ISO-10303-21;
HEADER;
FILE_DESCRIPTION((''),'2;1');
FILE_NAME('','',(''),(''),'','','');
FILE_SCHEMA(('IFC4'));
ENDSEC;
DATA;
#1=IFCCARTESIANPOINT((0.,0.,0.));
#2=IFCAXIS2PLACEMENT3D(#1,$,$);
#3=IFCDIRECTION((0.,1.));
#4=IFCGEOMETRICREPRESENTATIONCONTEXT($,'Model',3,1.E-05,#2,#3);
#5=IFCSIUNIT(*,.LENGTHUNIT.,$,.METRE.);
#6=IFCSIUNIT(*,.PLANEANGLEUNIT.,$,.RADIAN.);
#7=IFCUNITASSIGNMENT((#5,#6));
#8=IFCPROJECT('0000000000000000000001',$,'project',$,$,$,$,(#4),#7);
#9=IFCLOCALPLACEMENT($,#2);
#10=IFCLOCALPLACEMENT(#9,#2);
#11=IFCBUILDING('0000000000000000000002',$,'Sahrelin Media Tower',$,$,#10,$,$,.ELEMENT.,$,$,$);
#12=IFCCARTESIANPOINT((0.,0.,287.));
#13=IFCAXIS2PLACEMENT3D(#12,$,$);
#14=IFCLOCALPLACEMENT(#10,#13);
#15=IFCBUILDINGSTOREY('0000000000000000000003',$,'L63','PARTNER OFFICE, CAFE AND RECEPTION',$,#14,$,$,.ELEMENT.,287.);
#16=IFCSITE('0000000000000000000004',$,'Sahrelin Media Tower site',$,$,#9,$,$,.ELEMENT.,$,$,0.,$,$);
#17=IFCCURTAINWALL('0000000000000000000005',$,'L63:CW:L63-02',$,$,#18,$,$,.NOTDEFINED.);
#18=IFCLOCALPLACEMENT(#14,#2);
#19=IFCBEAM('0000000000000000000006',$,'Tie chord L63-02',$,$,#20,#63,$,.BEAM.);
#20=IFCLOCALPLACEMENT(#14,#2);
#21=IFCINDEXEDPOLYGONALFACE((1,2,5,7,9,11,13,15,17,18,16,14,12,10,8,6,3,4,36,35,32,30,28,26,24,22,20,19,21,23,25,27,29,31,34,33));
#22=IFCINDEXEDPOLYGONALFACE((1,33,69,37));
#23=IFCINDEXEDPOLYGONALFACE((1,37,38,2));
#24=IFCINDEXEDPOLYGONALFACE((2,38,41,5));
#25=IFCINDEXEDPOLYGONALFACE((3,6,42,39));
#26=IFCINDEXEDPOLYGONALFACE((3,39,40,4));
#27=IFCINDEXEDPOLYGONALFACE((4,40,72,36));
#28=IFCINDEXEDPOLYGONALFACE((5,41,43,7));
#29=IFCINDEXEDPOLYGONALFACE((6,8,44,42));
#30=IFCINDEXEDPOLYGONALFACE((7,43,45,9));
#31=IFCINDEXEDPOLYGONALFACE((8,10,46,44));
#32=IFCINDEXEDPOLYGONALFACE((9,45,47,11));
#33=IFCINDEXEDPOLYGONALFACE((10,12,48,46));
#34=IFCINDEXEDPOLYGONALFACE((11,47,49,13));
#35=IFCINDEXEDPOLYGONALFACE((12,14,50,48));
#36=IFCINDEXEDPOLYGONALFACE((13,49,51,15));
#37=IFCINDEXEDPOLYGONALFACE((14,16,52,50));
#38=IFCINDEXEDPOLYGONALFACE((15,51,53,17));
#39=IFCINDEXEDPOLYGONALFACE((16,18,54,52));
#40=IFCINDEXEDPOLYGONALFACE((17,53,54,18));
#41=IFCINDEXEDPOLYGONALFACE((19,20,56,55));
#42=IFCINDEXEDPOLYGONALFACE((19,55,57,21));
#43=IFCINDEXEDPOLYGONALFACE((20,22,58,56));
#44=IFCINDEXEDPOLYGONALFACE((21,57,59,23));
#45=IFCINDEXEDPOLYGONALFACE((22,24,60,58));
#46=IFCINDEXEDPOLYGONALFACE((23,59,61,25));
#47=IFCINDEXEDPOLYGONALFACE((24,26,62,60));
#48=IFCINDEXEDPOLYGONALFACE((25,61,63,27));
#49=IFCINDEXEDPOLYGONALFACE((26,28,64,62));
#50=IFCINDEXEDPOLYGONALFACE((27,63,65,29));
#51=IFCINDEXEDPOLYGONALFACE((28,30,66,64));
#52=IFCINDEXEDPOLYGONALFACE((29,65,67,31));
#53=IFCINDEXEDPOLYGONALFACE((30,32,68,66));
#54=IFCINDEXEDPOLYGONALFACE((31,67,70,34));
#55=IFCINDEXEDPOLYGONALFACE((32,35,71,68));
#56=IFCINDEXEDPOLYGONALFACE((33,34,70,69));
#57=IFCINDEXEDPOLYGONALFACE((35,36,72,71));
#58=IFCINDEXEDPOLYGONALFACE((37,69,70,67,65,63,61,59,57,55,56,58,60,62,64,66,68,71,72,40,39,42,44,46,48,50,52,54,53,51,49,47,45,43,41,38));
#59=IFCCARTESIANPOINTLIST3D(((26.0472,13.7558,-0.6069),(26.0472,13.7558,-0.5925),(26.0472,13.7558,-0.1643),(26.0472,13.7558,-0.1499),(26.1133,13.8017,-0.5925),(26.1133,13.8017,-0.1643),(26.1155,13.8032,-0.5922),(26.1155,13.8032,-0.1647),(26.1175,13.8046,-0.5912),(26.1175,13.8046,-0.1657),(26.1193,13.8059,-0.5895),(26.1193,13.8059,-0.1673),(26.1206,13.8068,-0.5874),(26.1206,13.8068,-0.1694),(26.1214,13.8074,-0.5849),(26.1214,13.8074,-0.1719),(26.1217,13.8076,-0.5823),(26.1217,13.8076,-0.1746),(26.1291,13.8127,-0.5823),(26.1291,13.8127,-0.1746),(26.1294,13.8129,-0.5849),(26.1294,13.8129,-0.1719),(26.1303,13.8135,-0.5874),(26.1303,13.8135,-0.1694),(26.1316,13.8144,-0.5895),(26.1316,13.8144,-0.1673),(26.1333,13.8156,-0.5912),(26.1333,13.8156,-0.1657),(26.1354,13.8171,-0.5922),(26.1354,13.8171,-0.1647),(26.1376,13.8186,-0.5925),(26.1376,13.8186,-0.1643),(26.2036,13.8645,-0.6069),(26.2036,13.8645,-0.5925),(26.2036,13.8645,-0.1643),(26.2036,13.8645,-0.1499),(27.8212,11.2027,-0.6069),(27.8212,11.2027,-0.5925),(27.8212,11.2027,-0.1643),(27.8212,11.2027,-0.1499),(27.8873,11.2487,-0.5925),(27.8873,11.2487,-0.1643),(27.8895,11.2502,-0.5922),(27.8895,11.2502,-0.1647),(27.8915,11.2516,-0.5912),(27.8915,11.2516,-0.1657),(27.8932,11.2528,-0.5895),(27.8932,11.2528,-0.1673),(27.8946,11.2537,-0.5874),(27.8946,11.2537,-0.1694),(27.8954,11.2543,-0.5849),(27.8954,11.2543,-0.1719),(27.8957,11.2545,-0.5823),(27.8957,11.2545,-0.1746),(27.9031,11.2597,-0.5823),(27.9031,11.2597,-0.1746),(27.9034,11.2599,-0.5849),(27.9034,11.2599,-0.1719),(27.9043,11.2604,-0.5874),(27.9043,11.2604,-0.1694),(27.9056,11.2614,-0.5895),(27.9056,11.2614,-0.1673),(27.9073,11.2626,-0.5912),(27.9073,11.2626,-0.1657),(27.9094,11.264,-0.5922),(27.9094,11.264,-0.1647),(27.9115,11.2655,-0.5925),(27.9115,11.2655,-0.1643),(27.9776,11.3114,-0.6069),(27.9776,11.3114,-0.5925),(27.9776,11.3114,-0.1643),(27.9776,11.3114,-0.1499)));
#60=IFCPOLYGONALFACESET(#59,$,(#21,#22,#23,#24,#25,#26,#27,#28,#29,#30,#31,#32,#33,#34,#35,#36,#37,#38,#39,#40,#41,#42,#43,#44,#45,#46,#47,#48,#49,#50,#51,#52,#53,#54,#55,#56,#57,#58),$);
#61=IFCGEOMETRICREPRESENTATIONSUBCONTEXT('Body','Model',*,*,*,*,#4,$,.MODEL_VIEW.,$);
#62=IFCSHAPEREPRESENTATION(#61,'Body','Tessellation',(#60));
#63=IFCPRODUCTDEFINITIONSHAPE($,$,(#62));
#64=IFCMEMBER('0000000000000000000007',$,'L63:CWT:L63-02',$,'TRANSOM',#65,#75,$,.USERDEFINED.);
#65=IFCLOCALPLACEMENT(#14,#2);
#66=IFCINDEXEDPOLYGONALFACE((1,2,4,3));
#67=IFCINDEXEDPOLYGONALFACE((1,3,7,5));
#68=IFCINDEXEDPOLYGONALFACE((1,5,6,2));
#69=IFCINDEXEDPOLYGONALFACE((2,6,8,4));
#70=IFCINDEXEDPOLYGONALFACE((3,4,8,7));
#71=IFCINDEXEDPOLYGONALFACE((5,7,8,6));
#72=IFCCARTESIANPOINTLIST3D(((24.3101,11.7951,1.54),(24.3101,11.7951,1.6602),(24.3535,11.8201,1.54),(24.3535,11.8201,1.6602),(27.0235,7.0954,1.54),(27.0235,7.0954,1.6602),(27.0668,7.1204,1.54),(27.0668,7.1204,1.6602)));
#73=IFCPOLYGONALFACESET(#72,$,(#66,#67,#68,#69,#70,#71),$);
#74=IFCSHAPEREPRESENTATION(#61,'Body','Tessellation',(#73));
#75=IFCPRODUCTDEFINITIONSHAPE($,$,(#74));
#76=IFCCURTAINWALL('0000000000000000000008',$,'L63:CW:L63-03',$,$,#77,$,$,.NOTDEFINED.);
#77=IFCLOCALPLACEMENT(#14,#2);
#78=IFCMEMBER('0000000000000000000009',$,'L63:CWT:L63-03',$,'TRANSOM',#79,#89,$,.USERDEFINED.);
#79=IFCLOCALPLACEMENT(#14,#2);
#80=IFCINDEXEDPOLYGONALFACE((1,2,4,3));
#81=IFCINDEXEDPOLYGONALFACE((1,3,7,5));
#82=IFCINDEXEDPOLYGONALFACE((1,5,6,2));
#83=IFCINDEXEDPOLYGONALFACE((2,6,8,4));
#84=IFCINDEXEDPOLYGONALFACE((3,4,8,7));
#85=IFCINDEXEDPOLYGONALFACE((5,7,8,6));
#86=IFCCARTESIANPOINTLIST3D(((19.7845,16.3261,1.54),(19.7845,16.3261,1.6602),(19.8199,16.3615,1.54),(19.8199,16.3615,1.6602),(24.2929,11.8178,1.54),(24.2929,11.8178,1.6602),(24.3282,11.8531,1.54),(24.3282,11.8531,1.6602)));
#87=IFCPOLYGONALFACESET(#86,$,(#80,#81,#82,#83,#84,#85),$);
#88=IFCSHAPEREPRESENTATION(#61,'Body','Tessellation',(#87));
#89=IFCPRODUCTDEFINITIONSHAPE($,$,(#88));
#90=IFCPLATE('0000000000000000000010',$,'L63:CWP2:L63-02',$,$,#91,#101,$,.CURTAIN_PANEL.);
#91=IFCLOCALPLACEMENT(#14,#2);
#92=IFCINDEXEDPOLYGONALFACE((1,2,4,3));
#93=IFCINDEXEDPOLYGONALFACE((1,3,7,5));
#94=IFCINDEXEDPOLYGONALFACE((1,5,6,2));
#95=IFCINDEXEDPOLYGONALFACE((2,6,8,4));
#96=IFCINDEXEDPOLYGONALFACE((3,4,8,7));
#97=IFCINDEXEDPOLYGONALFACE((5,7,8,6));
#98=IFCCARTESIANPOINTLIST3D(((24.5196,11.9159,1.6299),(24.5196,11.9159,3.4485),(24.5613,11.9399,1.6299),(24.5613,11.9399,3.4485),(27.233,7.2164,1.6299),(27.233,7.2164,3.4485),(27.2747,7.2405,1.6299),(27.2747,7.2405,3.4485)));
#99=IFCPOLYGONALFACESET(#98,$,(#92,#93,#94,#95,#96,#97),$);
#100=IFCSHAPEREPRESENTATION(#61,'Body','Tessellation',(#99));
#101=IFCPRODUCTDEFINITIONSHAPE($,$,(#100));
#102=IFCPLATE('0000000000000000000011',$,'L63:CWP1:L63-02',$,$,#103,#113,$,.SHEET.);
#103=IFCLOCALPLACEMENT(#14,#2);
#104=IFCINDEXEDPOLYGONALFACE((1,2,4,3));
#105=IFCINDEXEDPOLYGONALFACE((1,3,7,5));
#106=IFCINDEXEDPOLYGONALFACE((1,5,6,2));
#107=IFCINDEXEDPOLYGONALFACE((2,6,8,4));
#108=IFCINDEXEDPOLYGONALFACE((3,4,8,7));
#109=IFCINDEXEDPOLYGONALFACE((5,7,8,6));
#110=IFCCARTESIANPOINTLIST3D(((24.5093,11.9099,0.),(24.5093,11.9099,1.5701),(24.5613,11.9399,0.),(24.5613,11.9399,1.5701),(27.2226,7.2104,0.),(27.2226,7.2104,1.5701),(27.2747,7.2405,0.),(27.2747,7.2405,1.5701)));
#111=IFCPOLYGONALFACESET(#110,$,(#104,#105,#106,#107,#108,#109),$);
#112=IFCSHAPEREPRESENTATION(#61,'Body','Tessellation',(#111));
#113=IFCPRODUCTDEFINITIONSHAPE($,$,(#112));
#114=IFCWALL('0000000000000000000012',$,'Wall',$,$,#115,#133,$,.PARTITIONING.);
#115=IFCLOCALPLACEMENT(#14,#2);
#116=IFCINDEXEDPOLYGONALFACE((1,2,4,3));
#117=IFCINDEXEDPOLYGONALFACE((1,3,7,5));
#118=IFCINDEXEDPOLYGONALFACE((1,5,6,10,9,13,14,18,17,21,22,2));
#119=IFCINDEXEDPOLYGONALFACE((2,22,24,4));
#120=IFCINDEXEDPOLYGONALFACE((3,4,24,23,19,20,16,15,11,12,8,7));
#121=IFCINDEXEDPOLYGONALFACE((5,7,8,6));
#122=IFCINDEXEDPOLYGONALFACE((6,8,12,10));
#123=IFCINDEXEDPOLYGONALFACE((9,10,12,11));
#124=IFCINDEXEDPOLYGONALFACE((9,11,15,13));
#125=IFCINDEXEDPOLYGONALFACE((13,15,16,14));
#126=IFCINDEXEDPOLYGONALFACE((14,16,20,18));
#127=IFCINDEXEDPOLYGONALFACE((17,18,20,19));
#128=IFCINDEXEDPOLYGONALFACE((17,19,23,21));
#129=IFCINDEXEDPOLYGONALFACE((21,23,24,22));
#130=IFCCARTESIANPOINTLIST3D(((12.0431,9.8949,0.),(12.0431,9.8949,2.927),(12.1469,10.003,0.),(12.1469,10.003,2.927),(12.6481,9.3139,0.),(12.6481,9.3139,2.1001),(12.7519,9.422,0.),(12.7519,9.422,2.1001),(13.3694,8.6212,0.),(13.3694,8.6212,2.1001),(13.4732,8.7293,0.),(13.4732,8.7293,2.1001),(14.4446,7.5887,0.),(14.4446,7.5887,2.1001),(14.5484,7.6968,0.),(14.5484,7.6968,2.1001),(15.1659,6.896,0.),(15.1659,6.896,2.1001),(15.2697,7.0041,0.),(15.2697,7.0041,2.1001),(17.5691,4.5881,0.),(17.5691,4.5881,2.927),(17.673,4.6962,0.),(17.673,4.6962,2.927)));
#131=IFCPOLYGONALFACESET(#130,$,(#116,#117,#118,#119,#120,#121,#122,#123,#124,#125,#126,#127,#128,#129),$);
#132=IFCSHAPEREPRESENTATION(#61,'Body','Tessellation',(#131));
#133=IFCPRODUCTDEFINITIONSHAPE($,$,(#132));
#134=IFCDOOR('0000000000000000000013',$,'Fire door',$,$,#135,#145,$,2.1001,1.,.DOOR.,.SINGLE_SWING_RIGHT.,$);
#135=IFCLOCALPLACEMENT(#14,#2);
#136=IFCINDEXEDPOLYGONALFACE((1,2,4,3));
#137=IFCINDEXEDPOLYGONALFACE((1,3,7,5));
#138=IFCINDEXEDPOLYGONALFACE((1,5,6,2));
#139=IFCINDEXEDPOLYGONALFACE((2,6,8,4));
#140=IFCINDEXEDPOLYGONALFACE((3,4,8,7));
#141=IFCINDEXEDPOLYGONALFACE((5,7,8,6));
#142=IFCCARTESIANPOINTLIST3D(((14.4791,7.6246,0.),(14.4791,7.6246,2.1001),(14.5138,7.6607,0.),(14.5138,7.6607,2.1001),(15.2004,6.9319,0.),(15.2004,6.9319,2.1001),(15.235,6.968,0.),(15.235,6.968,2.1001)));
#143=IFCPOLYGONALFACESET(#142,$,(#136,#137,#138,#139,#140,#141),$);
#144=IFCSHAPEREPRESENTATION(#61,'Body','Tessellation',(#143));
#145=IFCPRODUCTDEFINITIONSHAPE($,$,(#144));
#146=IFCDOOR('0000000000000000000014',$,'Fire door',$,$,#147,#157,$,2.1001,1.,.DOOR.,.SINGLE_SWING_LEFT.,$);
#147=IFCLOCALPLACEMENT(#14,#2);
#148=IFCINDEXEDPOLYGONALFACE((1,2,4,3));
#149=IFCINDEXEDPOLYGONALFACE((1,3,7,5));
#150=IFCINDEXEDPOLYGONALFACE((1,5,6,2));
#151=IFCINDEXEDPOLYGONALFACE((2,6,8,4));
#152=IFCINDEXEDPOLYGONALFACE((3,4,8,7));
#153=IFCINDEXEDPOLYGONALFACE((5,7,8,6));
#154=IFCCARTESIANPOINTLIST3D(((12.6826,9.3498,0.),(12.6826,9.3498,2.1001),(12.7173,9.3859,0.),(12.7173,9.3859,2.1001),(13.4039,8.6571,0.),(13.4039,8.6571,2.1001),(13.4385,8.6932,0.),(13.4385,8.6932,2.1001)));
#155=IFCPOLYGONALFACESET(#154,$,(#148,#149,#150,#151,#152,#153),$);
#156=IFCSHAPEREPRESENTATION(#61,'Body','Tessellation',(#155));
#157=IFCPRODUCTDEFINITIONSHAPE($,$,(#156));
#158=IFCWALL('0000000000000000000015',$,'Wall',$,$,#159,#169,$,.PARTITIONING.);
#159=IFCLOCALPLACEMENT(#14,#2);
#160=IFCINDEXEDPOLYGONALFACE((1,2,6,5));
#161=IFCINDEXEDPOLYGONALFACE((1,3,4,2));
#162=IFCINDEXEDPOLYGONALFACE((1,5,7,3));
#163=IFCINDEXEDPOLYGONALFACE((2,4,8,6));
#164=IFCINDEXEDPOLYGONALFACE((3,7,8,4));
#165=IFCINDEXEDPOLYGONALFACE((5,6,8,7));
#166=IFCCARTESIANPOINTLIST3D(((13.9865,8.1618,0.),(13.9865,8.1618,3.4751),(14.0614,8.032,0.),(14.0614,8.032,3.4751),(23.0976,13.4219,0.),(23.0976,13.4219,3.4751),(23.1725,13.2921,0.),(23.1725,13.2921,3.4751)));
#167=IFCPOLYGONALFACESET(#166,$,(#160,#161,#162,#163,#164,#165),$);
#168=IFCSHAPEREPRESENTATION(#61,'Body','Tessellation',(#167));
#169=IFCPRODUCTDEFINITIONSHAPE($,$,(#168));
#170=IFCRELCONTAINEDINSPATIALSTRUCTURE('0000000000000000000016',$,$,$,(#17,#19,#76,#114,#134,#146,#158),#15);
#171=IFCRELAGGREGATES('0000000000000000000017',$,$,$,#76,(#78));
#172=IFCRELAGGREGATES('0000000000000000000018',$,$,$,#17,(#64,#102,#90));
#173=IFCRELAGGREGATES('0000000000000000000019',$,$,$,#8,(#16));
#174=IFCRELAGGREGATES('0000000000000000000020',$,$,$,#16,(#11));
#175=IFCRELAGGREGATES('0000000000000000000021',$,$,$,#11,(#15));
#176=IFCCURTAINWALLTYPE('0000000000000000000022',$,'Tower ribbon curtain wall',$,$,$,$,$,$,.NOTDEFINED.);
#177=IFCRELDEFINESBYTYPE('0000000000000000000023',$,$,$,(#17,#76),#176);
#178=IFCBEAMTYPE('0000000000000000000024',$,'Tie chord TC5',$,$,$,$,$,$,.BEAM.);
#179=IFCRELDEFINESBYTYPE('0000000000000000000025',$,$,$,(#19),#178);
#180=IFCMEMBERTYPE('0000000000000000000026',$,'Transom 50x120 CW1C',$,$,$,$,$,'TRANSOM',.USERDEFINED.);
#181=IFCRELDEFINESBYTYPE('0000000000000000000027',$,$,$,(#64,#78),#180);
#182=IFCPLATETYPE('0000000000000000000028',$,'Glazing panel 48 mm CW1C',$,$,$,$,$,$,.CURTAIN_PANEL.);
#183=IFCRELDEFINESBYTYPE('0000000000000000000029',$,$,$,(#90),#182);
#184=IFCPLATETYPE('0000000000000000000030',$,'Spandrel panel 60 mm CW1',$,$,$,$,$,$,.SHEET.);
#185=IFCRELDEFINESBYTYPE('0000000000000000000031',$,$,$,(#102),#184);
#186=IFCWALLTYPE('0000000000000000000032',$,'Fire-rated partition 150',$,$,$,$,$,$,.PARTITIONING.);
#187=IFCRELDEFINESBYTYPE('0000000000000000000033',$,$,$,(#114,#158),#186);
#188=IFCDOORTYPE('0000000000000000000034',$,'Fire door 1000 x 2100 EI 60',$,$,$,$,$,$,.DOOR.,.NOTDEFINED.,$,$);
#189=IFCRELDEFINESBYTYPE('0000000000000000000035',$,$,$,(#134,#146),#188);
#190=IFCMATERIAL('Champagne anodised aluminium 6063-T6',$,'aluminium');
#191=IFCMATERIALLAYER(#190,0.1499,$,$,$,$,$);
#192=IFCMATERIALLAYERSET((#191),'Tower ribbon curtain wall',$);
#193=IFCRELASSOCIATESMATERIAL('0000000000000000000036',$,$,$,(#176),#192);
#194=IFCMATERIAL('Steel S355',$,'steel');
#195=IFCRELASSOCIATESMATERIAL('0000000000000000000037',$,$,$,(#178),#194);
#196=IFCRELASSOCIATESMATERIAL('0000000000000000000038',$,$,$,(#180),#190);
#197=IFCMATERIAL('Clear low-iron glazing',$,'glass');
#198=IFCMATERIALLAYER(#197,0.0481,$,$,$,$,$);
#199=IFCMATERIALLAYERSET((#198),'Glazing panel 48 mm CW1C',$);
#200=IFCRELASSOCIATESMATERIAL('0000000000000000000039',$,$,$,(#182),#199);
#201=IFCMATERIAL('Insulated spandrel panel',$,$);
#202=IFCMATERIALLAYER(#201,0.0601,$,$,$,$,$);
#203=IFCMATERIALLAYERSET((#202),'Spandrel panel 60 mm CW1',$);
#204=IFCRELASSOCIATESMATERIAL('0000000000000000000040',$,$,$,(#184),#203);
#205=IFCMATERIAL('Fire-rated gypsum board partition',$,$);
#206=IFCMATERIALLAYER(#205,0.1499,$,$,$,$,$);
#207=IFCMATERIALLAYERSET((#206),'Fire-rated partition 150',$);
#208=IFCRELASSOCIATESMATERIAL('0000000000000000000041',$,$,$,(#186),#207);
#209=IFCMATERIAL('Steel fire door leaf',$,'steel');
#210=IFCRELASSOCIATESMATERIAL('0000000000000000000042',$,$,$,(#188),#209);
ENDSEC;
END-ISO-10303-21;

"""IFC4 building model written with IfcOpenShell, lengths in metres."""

from ifc_helpers import new_model, si_unit, direction, frame, frame_2d, origin, origin_2d, place, context, subcontext, project, spatial, polyline, rectangle, i_section, outline, extrude, material, layer, layer_set, material_profile, profile_set, type_object, element, fill, aggregate, save


model = new_model("IFC4")

# Units and contexts
model_context = context("Model", 3, precision=1e-05, world=origin(), true_north=direction((0.0, 1.0)))
body_context = subcontext(model_context, "Body", "Model", "MODEL_VIEW")
ifc_project = project(units=[si_unit("LENGTHUNIT", "METRE"), si_unit("PLANEANGLEUNIT", "RADIAN")], contexts=[model_context])

# Site, building, storey
site_placement = place(None, origin())
site = spatial("IfcSite", under=ifc_project, at=site_placement, Name="Sahrelin Media Tower site", CompositionType="ELEMENT", RefElevation=0.0)
building_placement = place(site_placement, origin())
building = spatial("IfcBuilding", under=site, at=building_placement, Name="Sahrelin Media Tower", CompositionType="ELEMENT")
storey_placement = place(building_placement, frame((0.0, 0.0, 287.0)))
storey = spatial("IfcBuildingStorey", under=building, at=storey_placement, Name="L63", Description="PARTNER OFFICE, CAFE AND RECEPTION", CompositionType="ELEMENT", Elevation=287.0)

# Curtain wall
ifc_material_1 = material(Name="Champagne anodised aluminium 6063-T6", Category="aluminium")
ifc_layer_1 = layer(ifc_material_1, 0.1499)
ifc_layer_set_1 = layer_set([ifc_layer_1], Name="Tower ribbon curtain wall")
curtain_wall_type = type_object("IfcCurtainWallType", Name="Tower ribbon curtain wall", PredefinedType="NOTDEFINED", material=ifc_layer_set_1)
curtain_wall_1_placement = place(storey_placement, frame((25.9006, 9.5801, 0.0), z_axis=(0.0, 0.0, 1.0), x_axis=(1.0, 0.0, 0.0)))
curtain_wall_1 = element("IfcCurtainWall", 1, at=curtain_wall_1_placement, inside=storey, type_object=curtain_wall_type, Name="L63:CW:L63-02", PredefinedType="NOTDEFINED")

# Beam
ifc_material_2 = material(Name="Steel S355", Category="steel")
ifc_material_profile_1 = material_profile(ifc_material_2, i_section(OverallWidth=0.1904, OverallDepth=0.457, WebThickness=0.009, FlangeThickness=0.0144, FilletRadius=0.0103, at=origin_2d()), Name="UB 457x191x74")
ifc_profile_set_1 = profile_set([ifc_material_profile_1], Name="Steel S355")
beam_type_1 = type_object("IfcBeamType", Name="Tie chord TC5", PredefinedType="BEAM", material=ifc_profile_set_1)
beam_1_placement = place(storey_placement, frame((27.8994, 11.2571, -0.3784), z_axis=(-0.570618, 0.821216, 0.0), x_axis=(-0.821216, -0.570618, 0.0)))
element("IfcBeam", 2, at=beam_1_placement, inside=storey, type_object=beam_type_1, Name="Tie chord L63-02", PredefinedType="BEAM", context=body_context, shape_type="SweptSolid", body=[
    extrude(i_section(OverallWidth=0.1904, OverallDepth=0.457, WebThickness=0.009, FlangeThickness=0.0144, FilletRadius=0.0103, at=origin_2d()), origin(), (0.0, 0.0, 1.0), 3.1089),
])

# Member
ifc_material_profile_2 = material_profile(ifc_material_1, rectangle(XDim=0.05, YDim=0.1201, at=origin_2d()), Name="Transom 50x120")
ifc_profile_set_2 = profile_set([ifc_material_profile_2], Name="Champagne anodised aluminium 6063-T6")
member_type_1 = type_object("IfcMemberType", Name="Transom 50x120 CW1C", ElementType="TRANSOM", PredefinedType="USERDEFINED", material=ifc_profile_set_2)
member_1_placement = place(storey_placement, frame((27.0452, 7.1079, 1.6001), z_axis=(-0.5, 0.866025, 0.0), x_axis=(-0.866025, -0.5, 0.0)))
member_1 = element("IfcMember", 3, at=member_1_placement, type_object=member_type_1, Name="L63:CWT:L63-02", ObjectType="TRANSOM", PredefinedType="USERDEFINED", context=body_context, shape_type="SweptSolid", body=[
    extrude(rectangle(XDim=0.05, YDim=0.1201, at=origin_2d()), origin(), (0.0, 0.0, 1.0), 5.4268),
])

# Curtain wall, member
curtain_wall_2_placement = place(storey_placement, frame((22.2295, 14.2627, 0.0), z_axis=(0.0, 0.0, 1.0), x_axis=(1.0, 0.0, 0.0)))
curtain_wall_2 = element("IfcCurtainWall", 4, at=curtain_wall_2_placement, inside=storey, type_object=curtain_wall_type, Name="L63:CW:L63-03", PredefinedType="NOTDEFINED")
member_2_placement = place(storey_placement, frame((24.3105, 11.8354, 1.6001), z_axis=(-0.707107, 0.707107, 0.0), x_axis=(-0.707107, -0.707107, 0.0)))
member_2 = element("IfcMember", 5, at=member_2_placement, type_object=member_type_1, Name="L63:CWT:L63-03", ObjectType="TRANSOM", PredefinedType="USERDEFINED", context=body_context, shape_type="SweptSolid", body=[
    extrude(rectangle(XDim=0.05, YDim=0.1201, at=origin_2d()), origin(), (0.0, 0.0, 1.0), 6.3757),
])
aggregate(curtain_wall_2, [member_2])

# Plates
ifc_material_3 = material(Name="Clear low-iron glazing", Category="glass")
ifc_layer_2 = layer(ifc_material_3, 0.0481)
ifc_layer_set_2 = layer_set([ifc_layer_2], Name="Glazing panel 48 mm CW1C")
plate_type_1 = type_object("IfcPlateType", Name="Glazing panel 48 mm CW1C", PredefinedType="CURTAIN_PANEL", material=ifc_layer_set_2)
plate_1_placement = place(storey_placement, frame((27.2747, 7.2405, 1.6299), z_axis=(0.866014, 0.50002, 0.0), x_axis=(-0.50002, 0.866014, 0.0)))
plate_1 = element("IfcPlate", 6, at=plate_1_placement, type_object=plate_type_1, Name="L63:CWP2:L63-02", PredefinedType="CURTAIN_PANEL", context=body_context, shape_type="SweptSolid", body=[
    extrude(outline(polyline([(0.0, 0.0), (5.4265, 0.0), (5.4265, 1.8186), (0.0, 1.8186), (0.0, 0.0)])), origin(), (0.0, 0.0, -1.0), 0.0481),
])
ifc_material_4 = material(Name="Insulated spandrel panel")
ifc_layer_3 = layer(ifc_material_4, 0.0601)
ifc_layer_set_3 = layer_set([ifc_layer_3], Name="Spandrel panel 60 mm CW1")
plate_type_2 = type_object("IfcPlateType", Name="Spandrel panel 60 mm CW1", PredefinedType="SHEET", material=ifc_layer_set_3)
plate_2_placement = place(storey_placement, frame((27.2747, 7.2405, 0.0), z_axis=(0.866014, 0.50002, 0.0), x_axis=(-0.50002, 0.866014, 0.0)))
plate_2 = element("IfcPlate", 7, at=plate_2_placement, type_object=plate_type_2, Name="L63:CWP1:L63-02", PredefinedType="SHEET", context=body_context, shape_type="SweptSolid", body=[
    extrude(outline(polyline([(0.0, 0.0), (5.4265, 0.0), (5.4265, 1.5701), (0.0, 1.5701), (0.0, 0.0)])), origin(), (0.0, 0.0, -1.0), 0.0601),
])
aggregate(curtain_wall_1, [member_1, plate_2, plate_1])

# Wall, openings, doors
ifc_material_5 = material(Name="Fire-rated gypsum board partition")
ifc_layer_4 = layer(ifc_material_5, 0.1499)
ifc_layer_set_4 = layer_set([ifc_layer_4], Name="Fire-rated partition 150")
wall_type_1 = type_object("IfcWallType", Name="Fire-rated partition 150", PredefinedType="PARTITIONING", material=ifc_layer_set_4)
wall_1_placement = place(storey_placement, frame((12.095, 9.949, 0.0), z_axis=(0.0, 0.0, 1.0), x_axis=(0.72127, -0.692655, 0.0)))
wall_1 = element("IfcWall", 8, at=wall_1_placement, inside=storey, type_object=wall_type_1, Name="Wall", PredefinedType="PARTITIONING", context=body_context, shape_type="SweptSolid", body=[
    extrude(rectangle(XDim=7.6616, YDim=0.1499, at=frame_2d((3.8308, 0.0))), origin(), (0.0, 0.0, 1.0), 2.927),
])
opening_1_placement = place(wall_1_placement, frame((3.3296, 0.0, 0.0)))
opening_1 = element("IfcOpeningElement", 9, at=opening_1_placement, cuts=wall_1, PredefinedType="OPENING", context=body_context, shape_type="SweptSolid", body=[
    extrude(rectangle(XDim=1.0, YDim=2.1001, at=frame_2d((0.5, 1.05))), frame((0.0, 0.075, 0.0), z_axis=(0.0, -1.0, 0.0), x_axis=(1.0, 0.0, 0.0)), (0.0, 0.0, 1.0), 0.1499),
])
opening_2_placement = place(wall_1_placement, frame((0.8389, 0.0, 0.0)))
opening_2 = element("IfcOpeningElement", 10, at=opening_2_placement, cuts=wall_1, PredefinedType="OPENING", context=body_context, shape_type="SweptSolid", body=[
    extrude(rectangle(XDim=1.0, YDim=2.1001, at=frame_2d((0.5, 1.05))), frame((0.0, 0.075, 0.0), z_axis=(0.0, -1.0, 0.0), x_axis=(1.0, 0.0, 0.0)), (0.0, 0.0, 1.0), 0.1499),
])
ifc_material_6 = material(Name="Steel fire door leaf", Category="steel")
door_type = type_object("IfcDoorType", Name="Fire door 1000 x 2100 EI 60", OperationType="NOTDEFINED", PredefinedType="DOOR", material=ifc_material_6)
door_1_placement = place(opening_1_placement, origin())
door_1 = element("IfcDoor", 11, at=door_1_placement, inside=storey, type_object=door_type, Name="Fire door", OperationType="SINGLE_SWING_RIGHT", OverallHeight=2.1001, OverallWidth=1.0, PredefinedType="DOOR", context=body_context, shape_type="SweptSolid", body=[
    extrude(rectangle(XDim=1.0, YDim=2.1001, at=frame_2d((0.5, 1.05))), frame((0.0, 0.0249, 0.0), z_axis=(0.0, -1.0, 0.0), x_axis=(1.0, 0.0, 0.0)), (0.0, 0.0, 1.0), 0.05),
])
fill(opening_1, door_1)
door_2_placement = place(opening_2_placement, origin())
door_2 = element("IfcDoor", 12, at=door_2_placement, inside=storey, type_object=door_type, Name="Fire door", OperationType="SINGLE_SWING_LEFT", OverallHeight=2.1001, OverallWidth=1.0, PredefinedType="DOOR", context=body_context, shape_type="SweptSolid", body=[
    extrude(rectangle(XDim=1.0, YDim=2.1001, at=frame_2d((0.5, 1.05))), frame((0.0, 0.0249, 0.0), z_axis=(0.0, -1.0, 0.0), x_axis=(1.0, 0.0, 0.0)), (0.0, 0.0, 1.0), 0.05),
])
fill(opening_2, door_2)

# Wall
wall_2_placement = place(storey_placement, frame((14.0239, 8.0969, 0.0), z_axis=(0.0, 0.0, 1.0), x_axis=(0.866037, 0.49998, 0.0)))
element("IfcWall", 13, at=wall_2_placement, inside=storey, type_object=wall_type_1, Name="Wall", PredefinedType="PARTITIONING", context=body_context, shape_type="SweptSolid", body=[
    extrude(rectangle(XDim=10.5205, YDim=0.1499, at=frame_2d((5.2603, 0.0))), origin(), (0.0, 0.0, 1.0), 3.4751),
])

save(model, "model.ifc")
